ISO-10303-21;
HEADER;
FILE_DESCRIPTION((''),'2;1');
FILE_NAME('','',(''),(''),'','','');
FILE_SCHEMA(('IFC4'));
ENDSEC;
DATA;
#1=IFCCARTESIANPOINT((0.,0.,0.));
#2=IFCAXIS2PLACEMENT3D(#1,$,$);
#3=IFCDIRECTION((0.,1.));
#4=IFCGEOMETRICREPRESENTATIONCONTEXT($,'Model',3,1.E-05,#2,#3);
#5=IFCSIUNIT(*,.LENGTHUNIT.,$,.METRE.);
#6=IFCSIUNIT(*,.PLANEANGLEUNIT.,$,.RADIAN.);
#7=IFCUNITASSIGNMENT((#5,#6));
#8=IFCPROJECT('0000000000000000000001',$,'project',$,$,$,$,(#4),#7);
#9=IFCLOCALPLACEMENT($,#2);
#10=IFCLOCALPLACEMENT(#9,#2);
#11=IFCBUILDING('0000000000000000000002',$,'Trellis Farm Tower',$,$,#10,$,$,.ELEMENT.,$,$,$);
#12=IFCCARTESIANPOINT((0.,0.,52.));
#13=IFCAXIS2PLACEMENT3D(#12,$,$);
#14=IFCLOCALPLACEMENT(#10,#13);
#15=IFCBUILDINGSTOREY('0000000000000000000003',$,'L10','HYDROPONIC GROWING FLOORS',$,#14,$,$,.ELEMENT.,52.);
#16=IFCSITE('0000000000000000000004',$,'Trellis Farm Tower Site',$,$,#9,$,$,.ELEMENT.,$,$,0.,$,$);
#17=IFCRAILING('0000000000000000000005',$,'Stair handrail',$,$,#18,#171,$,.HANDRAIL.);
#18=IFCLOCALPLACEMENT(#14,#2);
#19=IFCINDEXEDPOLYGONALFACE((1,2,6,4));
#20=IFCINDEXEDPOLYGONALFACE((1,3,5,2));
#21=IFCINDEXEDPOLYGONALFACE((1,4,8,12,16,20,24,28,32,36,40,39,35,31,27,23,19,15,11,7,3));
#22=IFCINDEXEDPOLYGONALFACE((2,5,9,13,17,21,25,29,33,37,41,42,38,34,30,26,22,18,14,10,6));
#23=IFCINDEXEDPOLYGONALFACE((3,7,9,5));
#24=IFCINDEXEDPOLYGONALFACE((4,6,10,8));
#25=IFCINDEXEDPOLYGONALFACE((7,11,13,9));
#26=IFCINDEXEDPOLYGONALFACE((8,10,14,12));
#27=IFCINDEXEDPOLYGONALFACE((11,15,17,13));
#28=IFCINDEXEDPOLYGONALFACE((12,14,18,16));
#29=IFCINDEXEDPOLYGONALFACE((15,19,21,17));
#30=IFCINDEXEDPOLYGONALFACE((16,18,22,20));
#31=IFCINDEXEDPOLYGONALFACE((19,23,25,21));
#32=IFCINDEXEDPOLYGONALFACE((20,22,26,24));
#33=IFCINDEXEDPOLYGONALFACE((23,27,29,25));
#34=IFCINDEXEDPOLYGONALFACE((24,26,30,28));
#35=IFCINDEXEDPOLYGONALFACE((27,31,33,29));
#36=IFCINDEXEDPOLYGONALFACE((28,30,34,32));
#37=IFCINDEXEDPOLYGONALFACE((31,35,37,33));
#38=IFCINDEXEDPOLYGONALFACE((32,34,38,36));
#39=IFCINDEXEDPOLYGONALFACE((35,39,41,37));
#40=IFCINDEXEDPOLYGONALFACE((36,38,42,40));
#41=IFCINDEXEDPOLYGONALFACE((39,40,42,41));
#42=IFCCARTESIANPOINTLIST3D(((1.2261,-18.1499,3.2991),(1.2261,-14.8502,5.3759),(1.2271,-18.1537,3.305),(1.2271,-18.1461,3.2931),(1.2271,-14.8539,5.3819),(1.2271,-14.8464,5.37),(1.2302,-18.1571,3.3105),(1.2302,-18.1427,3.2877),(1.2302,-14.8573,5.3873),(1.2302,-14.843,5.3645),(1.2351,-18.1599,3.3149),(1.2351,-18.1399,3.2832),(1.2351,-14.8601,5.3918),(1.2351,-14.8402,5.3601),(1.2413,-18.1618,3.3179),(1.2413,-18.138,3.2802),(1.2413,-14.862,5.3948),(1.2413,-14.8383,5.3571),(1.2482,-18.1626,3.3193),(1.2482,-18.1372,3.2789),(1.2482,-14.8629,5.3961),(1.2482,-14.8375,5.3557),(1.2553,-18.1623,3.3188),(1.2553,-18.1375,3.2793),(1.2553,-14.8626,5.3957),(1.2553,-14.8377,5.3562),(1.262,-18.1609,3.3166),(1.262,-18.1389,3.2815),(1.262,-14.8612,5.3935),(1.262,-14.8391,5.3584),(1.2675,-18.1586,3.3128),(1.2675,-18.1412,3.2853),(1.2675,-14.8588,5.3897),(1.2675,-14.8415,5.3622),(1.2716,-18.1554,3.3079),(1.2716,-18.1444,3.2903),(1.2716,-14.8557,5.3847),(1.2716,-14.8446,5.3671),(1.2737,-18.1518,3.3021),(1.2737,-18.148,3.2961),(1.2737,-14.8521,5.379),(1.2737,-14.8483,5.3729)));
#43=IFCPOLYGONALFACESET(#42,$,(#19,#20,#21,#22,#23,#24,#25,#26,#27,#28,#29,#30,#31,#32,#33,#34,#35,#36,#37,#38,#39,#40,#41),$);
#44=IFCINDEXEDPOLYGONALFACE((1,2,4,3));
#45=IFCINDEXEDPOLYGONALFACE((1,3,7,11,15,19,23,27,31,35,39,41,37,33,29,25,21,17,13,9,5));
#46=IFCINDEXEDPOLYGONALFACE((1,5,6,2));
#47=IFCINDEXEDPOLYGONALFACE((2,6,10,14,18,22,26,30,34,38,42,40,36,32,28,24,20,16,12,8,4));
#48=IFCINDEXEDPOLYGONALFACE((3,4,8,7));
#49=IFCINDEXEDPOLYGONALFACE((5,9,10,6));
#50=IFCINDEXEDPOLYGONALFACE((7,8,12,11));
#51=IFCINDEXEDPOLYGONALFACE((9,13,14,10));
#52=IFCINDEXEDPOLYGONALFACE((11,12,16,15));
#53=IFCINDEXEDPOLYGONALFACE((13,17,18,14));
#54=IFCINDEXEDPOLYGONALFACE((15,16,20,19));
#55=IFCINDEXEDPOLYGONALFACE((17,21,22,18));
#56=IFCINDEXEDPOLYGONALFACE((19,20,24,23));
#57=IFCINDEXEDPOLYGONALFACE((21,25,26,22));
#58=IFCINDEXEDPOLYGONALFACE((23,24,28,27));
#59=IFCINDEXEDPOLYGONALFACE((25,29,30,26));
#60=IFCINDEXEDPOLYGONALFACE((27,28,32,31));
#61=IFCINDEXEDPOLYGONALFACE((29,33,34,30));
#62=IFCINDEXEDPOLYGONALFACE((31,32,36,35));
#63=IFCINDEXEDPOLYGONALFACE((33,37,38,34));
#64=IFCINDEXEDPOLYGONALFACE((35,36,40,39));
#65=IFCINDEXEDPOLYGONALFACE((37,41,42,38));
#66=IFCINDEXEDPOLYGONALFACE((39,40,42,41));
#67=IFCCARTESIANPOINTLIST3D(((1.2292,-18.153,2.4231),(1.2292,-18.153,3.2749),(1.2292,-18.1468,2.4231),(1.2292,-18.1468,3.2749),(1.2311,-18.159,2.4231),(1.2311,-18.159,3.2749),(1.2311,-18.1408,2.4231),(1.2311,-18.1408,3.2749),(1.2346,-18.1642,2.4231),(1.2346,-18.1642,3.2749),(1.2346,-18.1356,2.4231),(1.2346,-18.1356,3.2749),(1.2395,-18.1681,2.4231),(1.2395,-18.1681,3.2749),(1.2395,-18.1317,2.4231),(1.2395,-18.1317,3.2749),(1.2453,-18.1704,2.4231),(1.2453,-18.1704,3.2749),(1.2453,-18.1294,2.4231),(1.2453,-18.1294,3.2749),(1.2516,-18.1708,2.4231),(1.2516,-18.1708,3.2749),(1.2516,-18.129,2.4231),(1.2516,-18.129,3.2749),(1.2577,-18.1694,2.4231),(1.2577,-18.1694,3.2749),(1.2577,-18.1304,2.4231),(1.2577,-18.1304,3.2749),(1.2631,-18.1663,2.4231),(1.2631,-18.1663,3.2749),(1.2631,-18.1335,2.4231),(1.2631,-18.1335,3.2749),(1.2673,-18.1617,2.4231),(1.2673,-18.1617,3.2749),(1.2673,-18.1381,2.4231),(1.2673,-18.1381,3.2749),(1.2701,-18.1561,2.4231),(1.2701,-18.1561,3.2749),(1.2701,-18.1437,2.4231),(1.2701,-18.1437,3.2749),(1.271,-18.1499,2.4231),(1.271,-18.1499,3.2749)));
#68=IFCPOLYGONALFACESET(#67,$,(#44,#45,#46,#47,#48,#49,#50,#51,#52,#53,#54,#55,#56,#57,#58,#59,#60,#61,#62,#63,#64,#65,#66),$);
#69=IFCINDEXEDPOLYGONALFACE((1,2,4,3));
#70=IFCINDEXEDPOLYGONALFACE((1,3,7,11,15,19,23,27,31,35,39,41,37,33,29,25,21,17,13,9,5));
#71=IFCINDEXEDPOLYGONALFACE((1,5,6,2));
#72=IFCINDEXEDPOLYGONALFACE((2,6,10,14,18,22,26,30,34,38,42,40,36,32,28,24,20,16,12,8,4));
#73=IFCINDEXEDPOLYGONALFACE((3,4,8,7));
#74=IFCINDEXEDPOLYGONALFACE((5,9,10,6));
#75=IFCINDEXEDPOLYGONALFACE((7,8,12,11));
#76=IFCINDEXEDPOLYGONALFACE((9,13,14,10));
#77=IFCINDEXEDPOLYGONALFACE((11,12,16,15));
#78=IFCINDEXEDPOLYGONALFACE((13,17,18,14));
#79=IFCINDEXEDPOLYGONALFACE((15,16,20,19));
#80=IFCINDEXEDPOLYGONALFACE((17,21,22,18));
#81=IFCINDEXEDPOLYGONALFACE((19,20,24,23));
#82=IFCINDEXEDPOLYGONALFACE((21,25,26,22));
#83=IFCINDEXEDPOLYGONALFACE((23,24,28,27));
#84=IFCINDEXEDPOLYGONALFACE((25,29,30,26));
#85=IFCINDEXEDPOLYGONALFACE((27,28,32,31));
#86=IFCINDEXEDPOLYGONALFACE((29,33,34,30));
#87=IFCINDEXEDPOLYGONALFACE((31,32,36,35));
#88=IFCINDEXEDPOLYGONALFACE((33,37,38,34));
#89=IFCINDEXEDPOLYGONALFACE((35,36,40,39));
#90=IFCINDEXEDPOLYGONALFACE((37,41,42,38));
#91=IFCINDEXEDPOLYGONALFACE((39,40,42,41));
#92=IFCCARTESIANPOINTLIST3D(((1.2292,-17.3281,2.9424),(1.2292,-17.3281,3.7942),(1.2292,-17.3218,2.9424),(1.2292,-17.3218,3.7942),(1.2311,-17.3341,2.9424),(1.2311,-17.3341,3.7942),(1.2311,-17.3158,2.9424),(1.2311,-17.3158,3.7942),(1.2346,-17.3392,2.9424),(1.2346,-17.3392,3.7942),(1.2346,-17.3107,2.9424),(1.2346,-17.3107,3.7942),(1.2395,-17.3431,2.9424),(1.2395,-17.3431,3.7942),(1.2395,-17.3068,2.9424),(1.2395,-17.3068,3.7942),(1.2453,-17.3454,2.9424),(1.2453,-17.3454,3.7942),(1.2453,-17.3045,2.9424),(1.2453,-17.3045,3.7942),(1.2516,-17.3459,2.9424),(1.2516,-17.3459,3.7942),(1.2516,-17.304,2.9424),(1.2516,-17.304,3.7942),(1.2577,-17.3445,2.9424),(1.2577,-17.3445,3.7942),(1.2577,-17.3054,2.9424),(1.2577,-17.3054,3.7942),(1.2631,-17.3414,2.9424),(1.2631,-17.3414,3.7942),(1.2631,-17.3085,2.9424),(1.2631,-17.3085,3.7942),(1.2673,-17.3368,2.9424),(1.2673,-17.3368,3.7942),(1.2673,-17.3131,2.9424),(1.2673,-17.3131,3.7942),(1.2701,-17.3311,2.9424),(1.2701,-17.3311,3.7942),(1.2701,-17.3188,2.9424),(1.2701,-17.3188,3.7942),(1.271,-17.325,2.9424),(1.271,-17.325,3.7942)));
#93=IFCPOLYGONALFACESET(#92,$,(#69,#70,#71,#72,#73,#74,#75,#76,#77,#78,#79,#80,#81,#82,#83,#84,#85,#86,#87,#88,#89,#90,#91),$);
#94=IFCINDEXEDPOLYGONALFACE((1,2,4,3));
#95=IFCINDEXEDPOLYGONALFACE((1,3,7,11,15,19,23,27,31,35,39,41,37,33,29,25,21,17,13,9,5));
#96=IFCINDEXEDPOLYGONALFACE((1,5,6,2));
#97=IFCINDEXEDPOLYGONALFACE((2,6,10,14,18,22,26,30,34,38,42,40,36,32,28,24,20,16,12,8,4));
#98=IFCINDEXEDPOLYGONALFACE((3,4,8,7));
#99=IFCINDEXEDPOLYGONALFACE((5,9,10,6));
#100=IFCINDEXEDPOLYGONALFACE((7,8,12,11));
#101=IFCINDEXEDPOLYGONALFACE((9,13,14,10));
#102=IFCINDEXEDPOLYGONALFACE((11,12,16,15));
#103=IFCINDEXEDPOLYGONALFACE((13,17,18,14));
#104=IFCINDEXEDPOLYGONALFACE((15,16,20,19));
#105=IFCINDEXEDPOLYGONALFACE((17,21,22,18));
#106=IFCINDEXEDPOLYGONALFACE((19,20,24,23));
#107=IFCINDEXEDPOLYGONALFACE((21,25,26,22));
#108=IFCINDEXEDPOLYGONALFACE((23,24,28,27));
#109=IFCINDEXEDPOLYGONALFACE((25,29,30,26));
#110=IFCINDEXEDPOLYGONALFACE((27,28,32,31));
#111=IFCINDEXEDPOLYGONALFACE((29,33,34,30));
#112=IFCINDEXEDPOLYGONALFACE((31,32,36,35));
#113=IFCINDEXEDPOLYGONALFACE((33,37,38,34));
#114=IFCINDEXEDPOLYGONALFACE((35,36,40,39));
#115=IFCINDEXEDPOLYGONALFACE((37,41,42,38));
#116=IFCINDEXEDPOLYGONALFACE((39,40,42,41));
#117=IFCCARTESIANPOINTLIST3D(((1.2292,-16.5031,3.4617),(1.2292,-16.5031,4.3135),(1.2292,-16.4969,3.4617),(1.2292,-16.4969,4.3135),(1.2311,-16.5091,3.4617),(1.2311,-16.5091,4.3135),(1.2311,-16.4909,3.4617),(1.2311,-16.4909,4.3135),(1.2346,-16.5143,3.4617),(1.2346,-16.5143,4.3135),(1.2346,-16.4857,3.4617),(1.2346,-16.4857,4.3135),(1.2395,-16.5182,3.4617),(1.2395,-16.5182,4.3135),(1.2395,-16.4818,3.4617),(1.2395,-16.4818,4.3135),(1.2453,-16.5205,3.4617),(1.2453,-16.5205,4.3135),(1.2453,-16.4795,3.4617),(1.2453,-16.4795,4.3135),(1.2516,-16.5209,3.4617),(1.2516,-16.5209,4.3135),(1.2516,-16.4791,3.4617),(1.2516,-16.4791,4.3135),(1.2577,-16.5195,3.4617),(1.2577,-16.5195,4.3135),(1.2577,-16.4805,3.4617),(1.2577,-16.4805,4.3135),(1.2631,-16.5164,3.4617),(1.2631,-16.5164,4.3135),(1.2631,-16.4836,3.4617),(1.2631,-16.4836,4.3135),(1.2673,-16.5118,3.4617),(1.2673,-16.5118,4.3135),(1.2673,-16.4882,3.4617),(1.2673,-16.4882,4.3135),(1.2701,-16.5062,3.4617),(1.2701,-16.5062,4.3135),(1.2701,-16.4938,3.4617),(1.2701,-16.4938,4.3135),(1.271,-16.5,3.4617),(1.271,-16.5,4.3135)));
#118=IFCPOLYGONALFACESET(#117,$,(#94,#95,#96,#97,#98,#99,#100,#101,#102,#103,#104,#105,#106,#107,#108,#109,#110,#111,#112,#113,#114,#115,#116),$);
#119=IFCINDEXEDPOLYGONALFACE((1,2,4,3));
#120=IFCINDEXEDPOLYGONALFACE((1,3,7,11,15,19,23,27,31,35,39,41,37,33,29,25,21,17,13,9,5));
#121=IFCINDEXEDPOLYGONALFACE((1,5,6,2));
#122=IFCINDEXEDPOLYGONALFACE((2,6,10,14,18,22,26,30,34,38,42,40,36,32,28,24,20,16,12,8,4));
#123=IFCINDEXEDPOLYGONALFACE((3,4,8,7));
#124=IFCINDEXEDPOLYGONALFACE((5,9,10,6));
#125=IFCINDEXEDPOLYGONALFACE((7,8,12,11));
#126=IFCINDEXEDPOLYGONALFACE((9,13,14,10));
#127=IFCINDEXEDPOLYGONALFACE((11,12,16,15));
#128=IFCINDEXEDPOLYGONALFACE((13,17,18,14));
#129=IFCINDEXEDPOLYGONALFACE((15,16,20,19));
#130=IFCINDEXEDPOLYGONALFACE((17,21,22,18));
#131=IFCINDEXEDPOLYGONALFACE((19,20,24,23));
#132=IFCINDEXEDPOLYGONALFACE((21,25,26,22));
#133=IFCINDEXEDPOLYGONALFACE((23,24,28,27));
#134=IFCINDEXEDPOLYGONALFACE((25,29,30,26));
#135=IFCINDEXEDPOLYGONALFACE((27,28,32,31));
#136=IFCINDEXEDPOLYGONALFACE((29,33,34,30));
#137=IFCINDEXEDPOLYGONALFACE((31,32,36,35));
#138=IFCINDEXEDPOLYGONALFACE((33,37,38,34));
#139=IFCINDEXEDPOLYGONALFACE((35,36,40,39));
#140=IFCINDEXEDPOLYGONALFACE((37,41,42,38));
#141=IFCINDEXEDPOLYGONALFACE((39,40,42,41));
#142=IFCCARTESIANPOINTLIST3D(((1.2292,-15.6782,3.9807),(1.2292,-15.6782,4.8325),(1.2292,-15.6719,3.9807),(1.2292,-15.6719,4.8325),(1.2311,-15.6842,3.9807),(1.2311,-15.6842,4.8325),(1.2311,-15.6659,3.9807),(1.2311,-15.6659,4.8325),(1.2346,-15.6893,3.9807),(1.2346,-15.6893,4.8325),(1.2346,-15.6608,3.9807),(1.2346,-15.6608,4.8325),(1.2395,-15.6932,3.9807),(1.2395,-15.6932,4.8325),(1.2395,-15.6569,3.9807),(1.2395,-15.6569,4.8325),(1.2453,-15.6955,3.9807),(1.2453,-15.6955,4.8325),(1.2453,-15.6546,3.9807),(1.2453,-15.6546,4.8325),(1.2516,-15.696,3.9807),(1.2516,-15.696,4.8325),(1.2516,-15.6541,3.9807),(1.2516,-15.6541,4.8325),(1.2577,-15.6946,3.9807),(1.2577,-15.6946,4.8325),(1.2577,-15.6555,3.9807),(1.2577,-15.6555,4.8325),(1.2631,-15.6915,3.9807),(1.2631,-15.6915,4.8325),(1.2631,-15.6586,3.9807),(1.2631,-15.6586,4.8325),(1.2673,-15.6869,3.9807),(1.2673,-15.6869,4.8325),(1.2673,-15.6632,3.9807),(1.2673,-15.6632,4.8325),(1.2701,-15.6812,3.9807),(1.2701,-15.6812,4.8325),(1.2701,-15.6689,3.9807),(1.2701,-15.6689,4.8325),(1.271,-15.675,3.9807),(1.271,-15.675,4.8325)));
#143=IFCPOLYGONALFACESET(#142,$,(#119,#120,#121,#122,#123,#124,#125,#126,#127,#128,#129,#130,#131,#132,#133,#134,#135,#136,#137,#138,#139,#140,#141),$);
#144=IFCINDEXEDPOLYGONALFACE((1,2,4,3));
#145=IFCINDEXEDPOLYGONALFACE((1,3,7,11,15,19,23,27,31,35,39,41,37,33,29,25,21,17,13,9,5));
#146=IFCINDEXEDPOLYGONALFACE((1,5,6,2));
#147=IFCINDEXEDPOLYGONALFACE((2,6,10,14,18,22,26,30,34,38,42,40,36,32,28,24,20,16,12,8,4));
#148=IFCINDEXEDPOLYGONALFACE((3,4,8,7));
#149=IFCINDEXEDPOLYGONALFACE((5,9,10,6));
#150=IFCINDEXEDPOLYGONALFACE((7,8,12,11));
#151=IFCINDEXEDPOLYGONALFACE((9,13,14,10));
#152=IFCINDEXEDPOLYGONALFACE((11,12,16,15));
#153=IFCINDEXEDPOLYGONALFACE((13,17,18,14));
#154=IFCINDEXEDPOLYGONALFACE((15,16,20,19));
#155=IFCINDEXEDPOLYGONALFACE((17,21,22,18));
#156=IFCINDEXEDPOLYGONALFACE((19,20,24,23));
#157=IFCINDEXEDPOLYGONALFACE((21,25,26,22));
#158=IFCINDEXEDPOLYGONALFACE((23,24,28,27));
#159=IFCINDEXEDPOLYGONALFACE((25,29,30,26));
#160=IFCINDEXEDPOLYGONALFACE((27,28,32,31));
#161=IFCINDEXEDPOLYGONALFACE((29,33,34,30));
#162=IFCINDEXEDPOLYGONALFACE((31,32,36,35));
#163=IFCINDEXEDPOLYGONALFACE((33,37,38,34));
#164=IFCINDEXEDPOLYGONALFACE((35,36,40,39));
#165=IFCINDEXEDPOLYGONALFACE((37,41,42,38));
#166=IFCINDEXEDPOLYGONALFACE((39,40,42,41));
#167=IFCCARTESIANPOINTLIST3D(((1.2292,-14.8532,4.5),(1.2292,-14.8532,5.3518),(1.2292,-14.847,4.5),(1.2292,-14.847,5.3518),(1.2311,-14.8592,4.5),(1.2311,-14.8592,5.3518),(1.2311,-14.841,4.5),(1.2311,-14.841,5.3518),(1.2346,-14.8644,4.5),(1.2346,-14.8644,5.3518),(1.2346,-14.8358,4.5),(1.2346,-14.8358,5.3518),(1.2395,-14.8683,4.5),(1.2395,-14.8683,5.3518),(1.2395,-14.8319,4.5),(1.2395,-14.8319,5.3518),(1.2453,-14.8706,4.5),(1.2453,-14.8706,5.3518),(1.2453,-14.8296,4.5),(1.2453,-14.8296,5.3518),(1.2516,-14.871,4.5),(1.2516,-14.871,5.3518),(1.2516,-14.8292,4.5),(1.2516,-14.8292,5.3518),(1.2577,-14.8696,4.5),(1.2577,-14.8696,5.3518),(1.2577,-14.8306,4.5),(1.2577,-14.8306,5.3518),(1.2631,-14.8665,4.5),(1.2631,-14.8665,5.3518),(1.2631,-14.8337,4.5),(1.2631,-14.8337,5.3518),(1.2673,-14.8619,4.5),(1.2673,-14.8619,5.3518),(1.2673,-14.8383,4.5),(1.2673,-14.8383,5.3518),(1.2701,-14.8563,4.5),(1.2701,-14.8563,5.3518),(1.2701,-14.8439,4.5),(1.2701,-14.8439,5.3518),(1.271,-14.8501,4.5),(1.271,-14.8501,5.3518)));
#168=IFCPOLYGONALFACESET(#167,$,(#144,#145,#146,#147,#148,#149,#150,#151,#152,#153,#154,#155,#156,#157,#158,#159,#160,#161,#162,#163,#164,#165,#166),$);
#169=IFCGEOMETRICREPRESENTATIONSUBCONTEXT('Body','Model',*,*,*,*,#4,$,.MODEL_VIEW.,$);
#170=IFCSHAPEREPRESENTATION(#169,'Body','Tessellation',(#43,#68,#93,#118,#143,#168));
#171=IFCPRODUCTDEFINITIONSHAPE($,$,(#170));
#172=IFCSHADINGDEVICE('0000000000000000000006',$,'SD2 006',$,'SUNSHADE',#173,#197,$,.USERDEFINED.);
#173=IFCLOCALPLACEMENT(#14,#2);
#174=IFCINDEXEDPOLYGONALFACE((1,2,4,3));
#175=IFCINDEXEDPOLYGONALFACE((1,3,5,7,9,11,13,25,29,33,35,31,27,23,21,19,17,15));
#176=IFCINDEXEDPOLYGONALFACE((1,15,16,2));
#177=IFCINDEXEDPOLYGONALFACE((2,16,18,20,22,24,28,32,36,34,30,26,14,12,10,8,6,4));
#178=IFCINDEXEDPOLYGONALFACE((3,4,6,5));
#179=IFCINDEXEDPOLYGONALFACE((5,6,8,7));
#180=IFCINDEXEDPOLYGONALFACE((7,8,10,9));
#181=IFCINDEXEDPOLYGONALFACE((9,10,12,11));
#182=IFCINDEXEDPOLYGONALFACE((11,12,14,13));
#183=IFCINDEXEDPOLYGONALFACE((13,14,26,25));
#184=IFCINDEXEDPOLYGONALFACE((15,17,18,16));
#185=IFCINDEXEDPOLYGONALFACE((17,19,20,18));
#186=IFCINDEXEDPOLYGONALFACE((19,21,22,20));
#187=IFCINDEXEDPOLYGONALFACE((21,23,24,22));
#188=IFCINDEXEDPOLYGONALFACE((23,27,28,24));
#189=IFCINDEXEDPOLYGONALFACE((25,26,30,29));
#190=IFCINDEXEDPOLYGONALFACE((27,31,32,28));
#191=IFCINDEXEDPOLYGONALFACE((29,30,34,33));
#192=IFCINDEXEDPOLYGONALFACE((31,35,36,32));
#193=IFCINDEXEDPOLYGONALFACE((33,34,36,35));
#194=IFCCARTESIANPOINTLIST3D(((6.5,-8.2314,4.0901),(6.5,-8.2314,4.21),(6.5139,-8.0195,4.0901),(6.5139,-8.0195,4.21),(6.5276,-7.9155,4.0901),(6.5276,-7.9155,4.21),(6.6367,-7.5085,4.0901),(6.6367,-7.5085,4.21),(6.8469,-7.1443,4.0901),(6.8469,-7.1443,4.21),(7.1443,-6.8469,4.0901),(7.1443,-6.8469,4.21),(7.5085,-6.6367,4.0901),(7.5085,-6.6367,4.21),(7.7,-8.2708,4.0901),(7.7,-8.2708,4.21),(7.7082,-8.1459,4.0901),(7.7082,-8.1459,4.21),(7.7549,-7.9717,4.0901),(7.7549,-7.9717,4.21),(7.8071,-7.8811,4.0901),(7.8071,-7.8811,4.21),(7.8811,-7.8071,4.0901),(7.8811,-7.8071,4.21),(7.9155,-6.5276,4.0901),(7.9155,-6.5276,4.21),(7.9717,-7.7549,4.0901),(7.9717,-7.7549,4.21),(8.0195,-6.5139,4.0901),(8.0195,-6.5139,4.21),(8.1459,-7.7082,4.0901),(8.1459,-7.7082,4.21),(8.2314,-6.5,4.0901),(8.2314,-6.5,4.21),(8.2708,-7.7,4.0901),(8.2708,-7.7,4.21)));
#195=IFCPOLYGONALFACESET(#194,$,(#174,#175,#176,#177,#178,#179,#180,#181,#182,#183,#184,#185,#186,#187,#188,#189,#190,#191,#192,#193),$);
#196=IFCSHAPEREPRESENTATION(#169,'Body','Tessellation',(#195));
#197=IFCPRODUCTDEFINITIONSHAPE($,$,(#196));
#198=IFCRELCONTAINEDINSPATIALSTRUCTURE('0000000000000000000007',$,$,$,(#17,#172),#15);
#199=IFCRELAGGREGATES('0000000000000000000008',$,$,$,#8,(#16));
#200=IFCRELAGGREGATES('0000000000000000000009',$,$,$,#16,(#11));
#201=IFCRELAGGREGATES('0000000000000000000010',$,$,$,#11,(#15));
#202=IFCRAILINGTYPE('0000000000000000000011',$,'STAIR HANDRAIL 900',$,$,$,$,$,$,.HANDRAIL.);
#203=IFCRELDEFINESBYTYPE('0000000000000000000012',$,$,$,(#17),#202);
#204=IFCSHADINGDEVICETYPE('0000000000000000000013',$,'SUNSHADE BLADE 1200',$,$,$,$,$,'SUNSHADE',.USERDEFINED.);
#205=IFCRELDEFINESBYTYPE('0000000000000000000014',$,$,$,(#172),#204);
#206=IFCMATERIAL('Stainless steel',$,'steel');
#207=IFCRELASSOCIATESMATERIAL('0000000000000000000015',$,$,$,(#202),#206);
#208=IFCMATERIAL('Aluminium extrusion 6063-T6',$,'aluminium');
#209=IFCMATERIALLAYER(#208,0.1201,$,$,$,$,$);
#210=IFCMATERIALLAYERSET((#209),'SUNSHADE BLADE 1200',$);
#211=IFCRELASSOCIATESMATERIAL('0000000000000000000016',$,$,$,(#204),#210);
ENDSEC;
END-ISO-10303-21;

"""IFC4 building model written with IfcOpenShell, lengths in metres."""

from ifc_helpers import new_model, si_unit, direction, frame, origin, origin_2d, place, context, subcontext, project, spatial, polyline, circle, outline, extrude, source, transform, mapped, material, layer, layer_set, type_object, element, save


model = new_model("IFC4")

# Units and contexts
model_context = context("Model", 3, precision=1e-05, world=origin(), true_north=direction((0.0, 1.0)))
body_context = subcontext(model_context, "Body", "Model", "MODEL_VIEW")
ifc_project = project(units=[si_unit("LENGTHUNIT", "METRE"), si_unit("PLANEANGLEUNIT", "RADIAN")], contexts=[model_context])

# Site, building, storey
site_placement = place(None, origin())
site = spatial("IfcSite", under=ifc_project, at=site_placement, Name="Trellis Farm Tower Site", CompositionType="ELEMENT", RefElevation=0.0)
building_placement = place(site_placement, origin())
building = spatial("IfcBuilding", under=site, at=building_placement, Name="Trellis Farm Tower", CompositionType="ELEMENT")
storey_placement = place(building_placement, frame((0.0, 0.0, 52.0)))
storey = spatial("IfcBuildingStorey", under=building, at=storey_placement, Name="L10", Description="HYDROPONIC GROWING FLOORS", CompositionType="ELEMENT", Elevation=52.0)

# Railing
ifc_material_1 = material(Name="Stainless steel", Category="steel")
railing_type = type_object("IfcRailingType", Name="STAIR HANDRAIL 900", PredefinedType="HANDRAIL", material=ifc_material_1)
shared_shape_1 = source(origin(), body_context, "Body", "SweptSolid", [
    extrude(circle(Radius=0.0239, at=origin_2d()), frame((0.0, 0.0, 0.876), z_axis=(0.0, 0.84632, 0.532675), x_axis=(-1.0, 0.0, 0.0)), (0.0, 0.0, 1.0), 3.8989),
    extrude(circle(Radius=0.021, at=origin_2d()), origin(), (0.0, 0.0, 1.0), 0.8518),
    extrude(circle(Radius=0.021, at=origin_2d()), frame((0.0, 0.825, 0.5193)), (0.0, 0.0, 1.0), 0.8518),
    extrude(circle(Radius=0.021, at=origin_2d()), frame((0.0, 1.6499, 1.0386)), (0.0, 0.0, 1.0), 0.8518),
    extrude(circle(Radius=0.021, at=origin_2d()), frame((0.0, 2.4749, 1.5576)), (0.0, 0.0, 1.0), 0.8518),
    extrude(circle(Radius=0.021, at=origin_2d()), frame((0.0, 3.2998, 2.0769)), (0.0, 0.0, 1.0), 0.8518),
])
railing_placement = place(storey_placement, frame((1.25, -18.1499, 2.4231)))
element("IfcRailing", 1, at=railing_placement, inside=storey, type_object=railing_type, Name="Stair handrail", PredefinedType="HANDRAIL", context=body_context, shape_type="MappedRepresentation", body=[
    mapped(shared_shape_1, transform((0.0, 0.0, 0.0))),
])

# Shading device
ifc_material_2 = material(Name="Aluminium extrusion 6063-T6", Category="aluminium")
ifc_layer_1 = layer(ifc_material_2, 0.1201)
ifc_layer_set_1 = layer_set([ifc_layer_1], Name="SUNSHADE BLADE 1200")
shading_device_type = type_object("IfcShadingDeviceType", Name="SUNSHADE BLADE 1200", ElementType="SUNSHADE", PredefinedType="USERDEFINED", material=ifc_layer_set_1)
shared_shape_2 = source(origin(), body_context, "Body", "SweptSolid", [
    extrude(outline(polyline([(7.7, -8.2708), (7.7087, -8.1372), (7.707, -8.1501), (7.7549, -7.9717), (7.8071, -7.8811), (7.8811, -7.8071), (7.9717, -7.7549), (8.1501, -7.707), (8.1372, -7.7087), (8.2708, -7.7), (8.2314, -6.5), (8.0195, -6.5139), (7.9155, -6.5276), (7.5085, -6.6367), (7.1443, -6.8469), (6.8469, -7.1443), (6.6367, -7.5085), (6.5276, -7.9155), (6.5139, -8.0195), (6.5, -8.2314), (7.7, -8.2708)])), origin(), (0.0, 0.0, 1.0), 0.1199),
])
shading_device_placement = place(storey_placement, frame((0.0, 0.0, 4.0901)))
element("IfcShadingDevice", 2, at=shading_device_placement, inside=storey, type_object=shading_device_type, Name="SD2 006", ObjectType="SUNSHADE", PredefinedType="USERDEFINED", context=body_context, shape_type="MappedRepresentation", body=[
    mapped(shared_shape_2, transform((0.0, 0.0, 0.0))),
])

save(model, "model.ifc")
